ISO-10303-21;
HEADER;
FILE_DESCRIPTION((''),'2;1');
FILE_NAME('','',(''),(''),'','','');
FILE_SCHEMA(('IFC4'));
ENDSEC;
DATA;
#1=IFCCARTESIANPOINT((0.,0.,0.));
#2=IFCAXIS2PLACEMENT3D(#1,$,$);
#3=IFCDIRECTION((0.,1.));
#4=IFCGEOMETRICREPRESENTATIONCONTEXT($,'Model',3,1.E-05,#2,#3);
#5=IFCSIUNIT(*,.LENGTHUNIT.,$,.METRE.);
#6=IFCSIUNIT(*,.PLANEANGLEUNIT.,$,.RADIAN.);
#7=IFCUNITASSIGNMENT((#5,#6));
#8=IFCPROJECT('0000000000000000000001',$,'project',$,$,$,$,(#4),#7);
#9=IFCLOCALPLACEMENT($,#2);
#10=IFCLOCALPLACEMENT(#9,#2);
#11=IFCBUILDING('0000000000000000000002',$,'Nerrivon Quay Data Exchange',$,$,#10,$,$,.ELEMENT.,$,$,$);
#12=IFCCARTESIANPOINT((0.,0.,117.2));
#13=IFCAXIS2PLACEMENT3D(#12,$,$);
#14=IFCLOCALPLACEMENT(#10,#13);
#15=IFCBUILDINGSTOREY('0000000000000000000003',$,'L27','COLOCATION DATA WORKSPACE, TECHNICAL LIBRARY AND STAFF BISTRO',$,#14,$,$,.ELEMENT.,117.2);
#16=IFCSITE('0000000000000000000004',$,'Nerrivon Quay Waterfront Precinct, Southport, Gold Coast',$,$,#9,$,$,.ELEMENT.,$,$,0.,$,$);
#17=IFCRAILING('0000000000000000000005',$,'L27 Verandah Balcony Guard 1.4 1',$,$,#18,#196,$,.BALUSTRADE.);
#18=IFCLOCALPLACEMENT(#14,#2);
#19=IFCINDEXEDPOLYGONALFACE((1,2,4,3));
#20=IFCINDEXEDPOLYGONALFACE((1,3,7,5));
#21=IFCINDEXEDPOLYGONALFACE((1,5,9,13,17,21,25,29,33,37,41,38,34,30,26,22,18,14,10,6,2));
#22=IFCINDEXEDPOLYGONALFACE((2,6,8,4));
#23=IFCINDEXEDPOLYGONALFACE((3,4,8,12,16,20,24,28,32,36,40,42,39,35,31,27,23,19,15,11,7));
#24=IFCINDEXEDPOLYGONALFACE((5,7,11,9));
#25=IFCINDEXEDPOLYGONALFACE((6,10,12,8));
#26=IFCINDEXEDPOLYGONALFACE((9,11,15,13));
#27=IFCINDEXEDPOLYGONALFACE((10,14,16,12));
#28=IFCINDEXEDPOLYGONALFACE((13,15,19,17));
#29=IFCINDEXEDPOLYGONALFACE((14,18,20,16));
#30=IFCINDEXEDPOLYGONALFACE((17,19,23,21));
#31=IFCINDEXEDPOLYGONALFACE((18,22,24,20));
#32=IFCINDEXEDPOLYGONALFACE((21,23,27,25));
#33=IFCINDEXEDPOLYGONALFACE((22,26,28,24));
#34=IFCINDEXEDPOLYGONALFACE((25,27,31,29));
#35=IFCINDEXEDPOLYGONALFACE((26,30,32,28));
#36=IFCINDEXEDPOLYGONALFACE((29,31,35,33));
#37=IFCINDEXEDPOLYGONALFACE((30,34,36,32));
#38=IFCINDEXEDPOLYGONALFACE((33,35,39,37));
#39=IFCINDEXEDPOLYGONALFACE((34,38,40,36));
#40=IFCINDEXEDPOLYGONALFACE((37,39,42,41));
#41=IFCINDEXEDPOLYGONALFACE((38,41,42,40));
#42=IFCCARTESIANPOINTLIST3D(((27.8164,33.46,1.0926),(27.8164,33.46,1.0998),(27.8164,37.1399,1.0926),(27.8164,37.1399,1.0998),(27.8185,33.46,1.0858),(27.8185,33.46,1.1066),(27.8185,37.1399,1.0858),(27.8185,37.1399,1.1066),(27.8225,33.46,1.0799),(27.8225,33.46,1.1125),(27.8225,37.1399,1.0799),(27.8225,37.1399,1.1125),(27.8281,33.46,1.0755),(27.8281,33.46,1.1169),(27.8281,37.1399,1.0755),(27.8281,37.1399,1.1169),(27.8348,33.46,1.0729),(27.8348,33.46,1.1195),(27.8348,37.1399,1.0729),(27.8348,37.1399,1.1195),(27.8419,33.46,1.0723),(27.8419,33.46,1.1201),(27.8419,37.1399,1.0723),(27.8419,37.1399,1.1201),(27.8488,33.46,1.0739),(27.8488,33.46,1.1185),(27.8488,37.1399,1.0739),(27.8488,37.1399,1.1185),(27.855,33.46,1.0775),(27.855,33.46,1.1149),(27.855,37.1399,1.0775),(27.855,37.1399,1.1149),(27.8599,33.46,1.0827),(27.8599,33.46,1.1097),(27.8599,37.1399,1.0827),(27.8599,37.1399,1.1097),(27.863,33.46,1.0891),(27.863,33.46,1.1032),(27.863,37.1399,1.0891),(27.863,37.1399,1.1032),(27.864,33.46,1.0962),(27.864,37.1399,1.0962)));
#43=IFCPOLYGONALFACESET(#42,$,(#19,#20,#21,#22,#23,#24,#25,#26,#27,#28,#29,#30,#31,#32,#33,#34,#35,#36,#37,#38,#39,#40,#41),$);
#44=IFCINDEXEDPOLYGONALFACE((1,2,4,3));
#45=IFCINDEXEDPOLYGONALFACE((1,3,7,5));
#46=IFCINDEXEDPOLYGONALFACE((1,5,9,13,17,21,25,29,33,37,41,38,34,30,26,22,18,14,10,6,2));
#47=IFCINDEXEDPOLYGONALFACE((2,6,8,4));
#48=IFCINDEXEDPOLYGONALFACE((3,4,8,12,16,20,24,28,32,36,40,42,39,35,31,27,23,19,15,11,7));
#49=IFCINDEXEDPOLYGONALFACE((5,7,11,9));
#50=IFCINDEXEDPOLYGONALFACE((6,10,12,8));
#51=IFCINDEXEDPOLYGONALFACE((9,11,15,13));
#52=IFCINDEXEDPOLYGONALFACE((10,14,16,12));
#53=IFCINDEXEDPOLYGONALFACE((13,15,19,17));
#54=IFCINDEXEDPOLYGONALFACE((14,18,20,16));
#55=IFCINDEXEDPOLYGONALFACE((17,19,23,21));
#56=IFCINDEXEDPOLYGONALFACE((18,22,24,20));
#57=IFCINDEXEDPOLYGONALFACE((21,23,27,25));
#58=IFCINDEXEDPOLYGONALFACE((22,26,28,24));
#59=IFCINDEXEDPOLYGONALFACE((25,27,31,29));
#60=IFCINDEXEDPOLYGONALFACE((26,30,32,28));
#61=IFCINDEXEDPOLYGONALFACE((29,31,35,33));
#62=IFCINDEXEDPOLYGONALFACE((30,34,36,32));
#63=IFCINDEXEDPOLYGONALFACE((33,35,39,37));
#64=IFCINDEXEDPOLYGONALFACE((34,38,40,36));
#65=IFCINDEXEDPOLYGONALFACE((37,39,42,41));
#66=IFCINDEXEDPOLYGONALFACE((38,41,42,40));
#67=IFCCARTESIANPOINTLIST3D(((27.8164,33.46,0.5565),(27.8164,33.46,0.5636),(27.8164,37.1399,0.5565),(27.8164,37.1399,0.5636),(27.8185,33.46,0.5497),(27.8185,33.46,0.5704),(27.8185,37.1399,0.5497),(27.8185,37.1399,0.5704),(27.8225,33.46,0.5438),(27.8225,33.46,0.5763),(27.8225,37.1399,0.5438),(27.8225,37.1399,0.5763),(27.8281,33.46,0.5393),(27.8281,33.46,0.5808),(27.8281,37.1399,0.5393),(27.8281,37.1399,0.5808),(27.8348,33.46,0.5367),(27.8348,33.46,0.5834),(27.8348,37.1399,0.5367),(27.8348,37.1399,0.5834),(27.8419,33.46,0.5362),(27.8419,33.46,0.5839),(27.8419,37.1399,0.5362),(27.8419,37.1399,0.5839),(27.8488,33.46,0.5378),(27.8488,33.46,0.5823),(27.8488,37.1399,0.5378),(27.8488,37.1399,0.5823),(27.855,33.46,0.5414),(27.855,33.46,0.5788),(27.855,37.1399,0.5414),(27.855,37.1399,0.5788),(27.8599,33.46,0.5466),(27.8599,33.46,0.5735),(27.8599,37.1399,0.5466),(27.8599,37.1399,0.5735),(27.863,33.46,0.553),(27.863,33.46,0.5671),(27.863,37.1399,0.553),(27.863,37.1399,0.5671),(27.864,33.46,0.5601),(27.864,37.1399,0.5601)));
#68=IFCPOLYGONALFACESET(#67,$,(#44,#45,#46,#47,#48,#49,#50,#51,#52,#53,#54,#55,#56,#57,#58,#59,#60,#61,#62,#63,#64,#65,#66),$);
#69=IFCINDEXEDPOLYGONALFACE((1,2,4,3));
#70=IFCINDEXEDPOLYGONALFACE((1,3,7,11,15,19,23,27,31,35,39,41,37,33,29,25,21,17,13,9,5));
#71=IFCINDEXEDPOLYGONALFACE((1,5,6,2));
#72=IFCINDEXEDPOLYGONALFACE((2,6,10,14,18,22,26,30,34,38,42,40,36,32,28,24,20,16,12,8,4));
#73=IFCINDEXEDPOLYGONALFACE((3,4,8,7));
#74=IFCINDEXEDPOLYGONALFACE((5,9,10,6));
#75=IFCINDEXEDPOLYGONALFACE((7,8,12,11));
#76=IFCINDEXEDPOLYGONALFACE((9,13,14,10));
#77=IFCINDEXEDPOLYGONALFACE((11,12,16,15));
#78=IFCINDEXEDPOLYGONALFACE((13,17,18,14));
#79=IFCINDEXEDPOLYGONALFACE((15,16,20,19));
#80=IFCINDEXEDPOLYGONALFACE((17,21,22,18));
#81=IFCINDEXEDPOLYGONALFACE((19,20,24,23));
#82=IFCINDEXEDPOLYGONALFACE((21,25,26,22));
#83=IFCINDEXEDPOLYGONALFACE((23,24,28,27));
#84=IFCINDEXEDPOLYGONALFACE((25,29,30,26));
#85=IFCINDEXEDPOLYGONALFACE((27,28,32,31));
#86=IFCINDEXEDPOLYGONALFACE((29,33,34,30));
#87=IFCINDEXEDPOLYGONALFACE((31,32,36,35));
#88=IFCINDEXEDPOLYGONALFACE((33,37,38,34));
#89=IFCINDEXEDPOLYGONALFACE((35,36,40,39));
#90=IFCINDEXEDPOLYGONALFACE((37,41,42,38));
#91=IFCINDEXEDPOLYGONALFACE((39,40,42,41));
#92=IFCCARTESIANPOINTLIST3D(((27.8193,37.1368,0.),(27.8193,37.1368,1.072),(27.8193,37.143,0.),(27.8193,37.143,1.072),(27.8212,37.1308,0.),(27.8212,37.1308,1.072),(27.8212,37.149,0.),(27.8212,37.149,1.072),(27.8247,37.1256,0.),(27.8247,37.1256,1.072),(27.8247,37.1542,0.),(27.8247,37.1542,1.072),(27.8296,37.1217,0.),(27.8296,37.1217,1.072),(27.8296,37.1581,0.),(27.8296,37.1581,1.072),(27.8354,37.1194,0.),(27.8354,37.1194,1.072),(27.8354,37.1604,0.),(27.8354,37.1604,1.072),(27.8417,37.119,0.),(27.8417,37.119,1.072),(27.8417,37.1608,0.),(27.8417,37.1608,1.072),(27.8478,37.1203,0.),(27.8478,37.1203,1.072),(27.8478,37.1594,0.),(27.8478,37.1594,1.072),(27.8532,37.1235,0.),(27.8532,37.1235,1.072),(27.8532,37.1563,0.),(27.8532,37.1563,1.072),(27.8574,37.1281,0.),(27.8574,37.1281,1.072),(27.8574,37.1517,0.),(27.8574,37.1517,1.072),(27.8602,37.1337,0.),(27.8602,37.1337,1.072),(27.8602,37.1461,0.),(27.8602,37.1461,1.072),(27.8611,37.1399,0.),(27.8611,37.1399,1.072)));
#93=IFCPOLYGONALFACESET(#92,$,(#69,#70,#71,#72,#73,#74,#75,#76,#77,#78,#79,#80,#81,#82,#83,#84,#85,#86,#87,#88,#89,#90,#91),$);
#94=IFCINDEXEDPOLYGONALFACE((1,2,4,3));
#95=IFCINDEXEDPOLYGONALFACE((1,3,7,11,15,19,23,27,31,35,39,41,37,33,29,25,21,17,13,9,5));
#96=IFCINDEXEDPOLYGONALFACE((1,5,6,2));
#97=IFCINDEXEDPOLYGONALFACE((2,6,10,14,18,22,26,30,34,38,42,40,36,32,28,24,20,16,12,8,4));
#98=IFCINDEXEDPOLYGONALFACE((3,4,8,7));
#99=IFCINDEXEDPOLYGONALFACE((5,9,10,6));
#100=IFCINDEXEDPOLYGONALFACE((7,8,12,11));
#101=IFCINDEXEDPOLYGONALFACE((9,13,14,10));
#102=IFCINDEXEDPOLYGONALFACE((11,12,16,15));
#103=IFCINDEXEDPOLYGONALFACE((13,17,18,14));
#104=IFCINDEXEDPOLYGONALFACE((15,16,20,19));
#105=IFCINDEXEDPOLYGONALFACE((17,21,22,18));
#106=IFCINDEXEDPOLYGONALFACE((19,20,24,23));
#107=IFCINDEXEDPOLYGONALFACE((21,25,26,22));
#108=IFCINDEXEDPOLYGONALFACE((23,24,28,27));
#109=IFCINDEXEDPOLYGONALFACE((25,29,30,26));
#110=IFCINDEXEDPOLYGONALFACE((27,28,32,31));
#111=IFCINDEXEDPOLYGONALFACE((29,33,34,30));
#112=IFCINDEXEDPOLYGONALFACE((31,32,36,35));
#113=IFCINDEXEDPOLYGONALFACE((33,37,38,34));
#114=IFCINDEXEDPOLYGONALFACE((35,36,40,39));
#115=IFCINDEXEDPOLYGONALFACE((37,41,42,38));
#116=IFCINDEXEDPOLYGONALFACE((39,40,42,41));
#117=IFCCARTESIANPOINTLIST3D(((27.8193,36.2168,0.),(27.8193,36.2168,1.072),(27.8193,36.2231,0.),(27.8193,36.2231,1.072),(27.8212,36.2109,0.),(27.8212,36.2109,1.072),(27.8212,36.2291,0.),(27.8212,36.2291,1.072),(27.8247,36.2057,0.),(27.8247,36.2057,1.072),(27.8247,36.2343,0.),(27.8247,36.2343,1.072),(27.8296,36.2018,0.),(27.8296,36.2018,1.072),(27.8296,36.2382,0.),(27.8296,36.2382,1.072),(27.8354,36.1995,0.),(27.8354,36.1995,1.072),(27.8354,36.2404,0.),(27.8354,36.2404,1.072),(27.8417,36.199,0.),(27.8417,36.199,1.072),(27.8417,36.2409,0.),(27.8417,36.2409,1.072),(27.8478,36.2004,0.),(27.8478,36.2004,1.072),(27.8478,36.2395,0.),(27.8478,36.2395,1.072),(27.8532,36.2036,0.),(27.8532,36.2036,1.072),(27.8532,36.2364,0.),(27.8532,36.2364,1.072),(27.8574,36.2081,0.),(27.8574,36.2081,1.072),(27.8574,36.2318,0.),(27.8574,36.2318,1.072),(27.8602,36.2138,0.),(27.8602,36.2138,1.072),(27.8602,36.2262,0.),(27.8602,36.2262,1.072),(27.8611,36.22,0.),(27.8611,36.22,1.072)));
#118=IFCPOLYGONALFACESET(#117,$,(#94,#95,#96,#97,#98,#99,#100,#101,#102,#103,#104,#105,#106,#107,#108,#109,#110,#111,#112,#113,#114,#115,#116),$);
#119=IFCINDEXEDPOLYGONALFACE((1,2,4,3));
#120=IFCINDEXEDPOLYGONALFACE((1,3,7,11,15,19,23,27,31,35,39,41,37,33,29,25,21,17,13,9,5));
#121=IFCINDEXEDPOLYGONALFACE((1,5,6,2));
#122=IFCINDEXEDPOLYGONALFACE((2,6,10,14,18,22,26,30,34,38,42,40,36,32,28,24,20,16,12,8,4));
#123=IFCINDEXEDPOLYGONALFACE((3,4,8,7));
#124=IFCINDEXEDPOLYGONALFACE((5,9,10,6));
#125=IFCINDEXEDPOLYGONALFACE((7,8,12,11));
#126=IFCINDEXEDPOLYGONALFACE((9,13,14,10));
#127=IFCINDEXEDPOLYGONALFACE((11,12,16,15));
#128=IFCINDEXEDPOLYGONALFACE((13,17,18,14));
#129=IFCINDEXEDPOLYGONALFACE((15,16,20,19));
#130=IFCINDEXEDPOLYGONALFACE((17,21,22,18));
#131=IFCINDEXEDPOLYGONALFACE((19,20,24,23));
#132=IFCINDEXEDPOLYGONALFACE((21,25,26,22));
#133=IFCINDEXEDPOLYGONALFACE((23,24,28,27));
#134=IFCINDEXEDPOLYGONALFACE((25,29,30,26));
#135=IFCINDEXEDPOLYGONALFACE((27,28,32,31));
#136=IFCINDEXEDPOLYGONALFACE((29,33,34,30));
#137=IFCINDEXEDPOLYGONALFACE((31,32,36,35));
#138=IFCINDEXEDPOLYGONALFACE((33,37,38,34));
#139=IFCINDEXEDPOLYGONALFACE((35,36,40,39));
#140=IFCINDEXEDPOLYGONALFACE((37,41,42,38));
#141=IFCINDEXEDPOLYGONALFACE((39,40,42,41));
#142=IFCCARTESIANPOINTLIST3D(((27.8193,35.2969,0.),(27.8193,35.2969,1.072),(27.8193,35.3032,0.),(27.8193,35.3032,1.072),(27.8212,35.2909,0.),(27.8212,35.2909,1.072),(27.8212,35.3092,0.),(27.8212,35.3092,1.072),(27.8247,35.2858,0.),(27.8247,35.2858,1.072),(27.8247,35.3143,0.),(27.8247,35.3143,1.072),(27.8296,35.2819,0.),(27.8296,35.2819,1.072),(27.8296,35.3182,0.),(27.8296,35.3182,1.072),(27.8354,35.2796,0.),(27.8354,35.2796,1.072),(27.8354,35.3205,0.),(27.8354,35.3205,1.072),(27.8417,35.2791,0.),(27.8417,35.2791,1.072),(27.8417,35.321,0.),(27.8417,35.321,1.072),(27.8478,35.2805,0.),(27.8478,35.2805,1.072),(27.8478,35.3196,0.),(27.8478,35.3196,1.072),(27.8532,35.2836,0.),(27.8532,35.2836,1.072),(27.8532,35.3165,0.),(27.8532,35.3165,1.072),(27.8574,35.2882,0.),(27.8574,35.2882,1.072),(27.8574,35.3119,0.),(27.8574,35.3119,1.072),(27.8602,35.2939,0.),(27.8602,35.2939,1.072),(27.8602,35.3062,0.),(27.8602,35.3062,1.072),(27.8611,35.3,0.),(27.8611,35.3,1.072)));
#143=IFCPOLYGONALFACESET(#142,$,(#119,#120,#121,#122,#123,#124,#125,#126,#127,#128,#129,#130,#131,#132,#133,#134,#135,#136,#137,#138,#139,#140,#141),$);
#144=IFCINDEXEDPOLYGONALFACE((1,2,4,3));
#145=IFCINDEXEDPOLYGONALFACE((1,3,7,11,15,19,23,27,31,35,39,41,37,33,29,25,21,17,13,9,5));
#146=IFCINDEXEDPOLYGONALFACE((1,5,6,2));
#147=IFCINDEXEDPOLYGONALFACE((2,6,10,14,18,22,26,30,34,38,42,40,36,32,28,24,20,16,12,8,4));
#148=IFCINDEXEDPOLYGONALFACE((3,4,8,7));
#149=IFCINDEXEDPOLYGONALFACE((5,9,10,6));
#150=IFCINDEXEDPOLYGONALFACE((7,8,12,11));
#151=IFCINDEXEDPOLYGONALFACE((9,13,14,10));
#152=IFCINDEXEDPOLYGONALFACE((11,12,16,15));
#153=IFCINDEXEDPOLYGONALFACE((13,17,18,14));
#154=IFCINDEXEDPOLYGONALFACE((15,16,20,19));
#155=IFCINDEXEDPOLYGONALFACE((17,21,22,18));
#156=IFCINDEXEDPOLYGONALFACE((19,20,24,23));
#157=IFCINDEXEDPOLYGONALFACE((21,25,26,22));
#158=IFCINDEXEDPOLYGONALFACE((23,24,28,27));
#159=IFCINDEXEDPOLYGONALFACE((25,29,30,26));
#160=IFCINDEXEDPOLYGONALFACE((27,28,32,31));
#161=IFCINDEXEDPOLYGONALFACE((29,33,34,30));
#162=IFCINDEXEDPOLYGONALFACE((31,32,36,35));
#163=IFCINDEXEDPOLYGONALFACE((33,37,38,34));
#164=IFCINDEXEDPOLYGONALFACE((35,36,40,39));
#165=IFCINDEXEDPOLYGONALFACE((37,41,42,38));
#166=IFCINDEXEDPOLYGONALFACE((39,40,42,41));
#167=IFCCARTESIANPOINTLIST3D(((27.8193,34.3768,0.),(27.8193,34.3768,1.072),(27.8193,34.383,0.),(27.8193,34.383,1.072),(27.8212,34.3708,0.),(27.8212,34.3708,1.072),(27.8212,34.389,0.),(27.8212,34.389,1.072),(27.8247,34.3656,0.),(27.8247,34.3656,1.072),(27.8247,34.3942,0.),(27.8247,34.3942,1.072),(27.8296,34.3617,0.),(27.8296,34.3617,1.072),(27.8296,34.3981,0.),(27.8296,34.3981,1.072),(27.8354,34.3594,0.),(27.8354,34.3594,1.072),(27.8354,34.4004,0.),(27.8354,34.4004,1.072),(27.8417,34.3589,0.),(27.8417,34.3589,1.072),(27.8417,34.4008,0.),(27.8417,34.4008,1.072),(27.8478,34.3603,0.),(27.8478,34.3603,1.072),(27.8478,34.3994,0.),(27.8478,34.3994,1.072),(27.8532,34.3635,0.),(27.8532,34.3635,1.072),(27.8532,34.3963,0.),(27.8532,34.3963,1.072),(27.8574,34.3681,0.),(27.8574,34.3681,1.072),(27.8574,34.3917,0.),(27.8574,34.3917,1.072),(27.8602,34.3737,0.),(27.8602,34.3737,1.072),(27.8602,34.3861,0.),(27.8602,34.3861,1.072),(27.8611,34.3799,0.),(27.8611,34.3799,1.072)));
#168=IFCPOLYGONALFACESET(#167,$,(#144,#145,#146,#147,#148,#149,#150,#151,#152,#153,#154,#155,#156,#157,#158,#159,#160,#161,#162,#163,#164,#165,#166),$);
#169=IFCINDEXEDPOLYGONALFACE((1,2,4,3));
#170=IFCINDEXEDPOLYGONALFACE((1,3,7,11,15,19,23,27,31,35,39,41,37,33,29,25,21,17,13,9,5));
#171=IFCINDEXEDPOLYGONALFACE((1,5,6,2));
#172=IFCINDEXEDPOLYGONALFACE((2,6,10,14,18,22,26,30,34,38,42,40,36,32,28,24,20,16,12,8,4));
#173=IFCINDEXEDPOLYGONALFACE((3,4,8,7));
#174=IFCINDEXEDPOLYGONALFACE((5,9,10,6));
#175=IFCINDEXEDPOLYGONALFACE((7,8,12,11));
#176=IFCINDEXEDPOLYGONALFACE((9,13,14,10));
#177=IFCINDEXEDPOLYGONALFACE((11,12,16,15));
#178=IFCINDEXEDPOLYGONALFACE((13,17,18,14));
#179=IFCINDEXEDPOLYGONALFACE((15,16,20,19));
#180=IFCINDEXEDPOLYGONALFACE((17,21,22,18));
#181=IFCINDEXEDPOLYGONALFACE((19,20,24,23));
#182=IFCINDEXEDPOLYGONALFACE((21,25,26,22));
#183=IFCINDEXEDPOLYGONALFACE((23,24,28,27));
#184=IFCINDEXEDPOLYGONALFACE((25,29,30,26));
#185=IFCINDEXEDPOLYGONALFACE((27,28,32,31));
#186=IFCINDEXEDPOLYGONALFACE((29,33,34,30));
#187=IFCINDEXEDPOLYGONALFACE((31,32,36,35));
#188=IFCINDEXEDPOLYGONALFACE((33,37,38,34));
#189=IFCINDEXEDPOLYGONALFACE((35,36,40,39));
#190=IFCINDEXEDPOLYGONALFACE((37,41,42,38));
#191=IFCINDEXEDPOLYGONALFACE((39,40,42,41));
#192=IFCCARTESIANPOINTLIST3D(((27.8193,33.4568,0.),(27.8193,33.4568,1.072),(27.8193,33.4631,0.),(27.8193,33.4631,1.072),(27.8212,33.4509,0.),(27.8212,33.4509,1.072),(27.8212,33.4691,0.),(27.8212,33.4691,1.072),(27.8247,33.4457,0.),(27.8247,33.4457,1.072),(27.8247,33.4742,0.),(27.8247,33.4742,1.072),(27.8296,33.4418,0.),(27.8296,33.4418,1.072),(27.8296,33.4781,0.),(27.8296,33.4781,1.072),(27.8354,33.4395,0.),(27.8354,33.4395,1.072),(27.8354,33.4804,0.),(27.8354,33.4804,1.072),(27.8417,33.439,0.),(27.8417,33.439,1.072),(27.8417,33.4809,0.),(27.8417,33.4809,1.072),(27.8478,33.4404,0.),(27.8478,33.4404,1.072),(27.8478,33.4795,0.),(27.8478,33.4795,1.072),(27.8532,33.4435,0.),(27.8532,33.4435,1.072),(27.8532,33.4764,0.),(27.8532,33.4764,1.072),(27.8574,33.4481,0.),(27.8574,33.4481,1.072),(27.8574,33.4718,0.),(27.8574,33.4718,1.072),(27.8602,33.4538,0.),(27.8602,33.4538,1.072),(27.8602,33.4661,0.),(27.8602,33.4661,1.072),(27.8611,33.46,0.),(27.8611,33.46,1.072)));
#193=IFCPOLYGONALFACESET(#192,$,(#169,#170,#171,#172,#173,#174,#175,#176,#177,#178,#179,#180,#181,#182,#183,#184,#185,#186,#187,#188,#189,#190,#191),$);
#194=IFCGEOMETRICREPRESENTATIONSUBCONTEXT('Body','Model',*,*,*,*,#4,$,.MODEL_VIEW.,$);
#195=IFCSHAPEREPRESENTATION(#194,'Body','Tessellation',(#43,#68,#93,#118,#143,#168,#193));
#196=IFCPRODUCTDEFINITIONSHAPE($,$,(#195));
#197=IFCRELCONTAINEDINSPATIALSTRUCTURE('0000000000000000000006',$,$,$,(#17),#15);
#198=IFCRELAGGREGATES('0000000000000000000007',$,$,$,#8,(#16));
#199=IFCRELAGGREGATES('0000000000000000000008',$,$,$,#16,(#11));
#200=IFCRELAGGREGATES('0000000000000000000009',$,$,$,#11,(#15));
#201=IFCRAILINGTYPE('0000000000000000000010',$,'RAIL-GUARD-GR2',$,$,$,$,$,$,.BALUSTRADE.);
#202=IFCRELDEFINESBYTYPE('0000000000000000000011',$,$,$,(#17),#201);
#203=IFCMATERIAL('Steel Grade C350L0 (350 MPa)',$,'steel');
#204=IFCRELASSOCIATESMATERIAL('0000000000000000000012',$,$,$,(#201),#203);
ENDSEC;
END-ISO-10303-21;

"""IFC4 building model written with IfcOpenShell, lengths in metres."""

from ifc_helpers import new_model, si_unit, direction, frame, origin, origin_2d, place, context, subcontext, project, spatial, circle, extrude, material, type_object, element, save


model = new_model("IFC4")

# Units and contexts
model_context = context("Model", 3, precision=1e-05, world=origin(), true_north=direction((0.0, 1.0)))
body_context = subcontext(model_context, "Body", "Model", "MODEL_VIEW")
ifc_project = project(units=[si_unit("LENGTHUNIT", "METRE"), si_unit("PLANEANGLEUNIT", "RADIAN")], contexts=[model_context])

# Site, building, storey
site_placement = place(None, origin())
site = spatial("IfcSite", under=ifc_project, at=site_placement, Name="Nerrivon Quay Waterfront Precinct, Southport, Gold Coast", CompositionType="ELEMENT", RefElevation=0.0)
building_placement = place(site_placement, origin())
building = spatial("IfcBuilding", under=site, at=building_placement, Name="Nerrivon Quay Data Exchange", CompositionType="ELEMENT")
storey_placement = place(building_placement, frame((0.0, 0.0, 117.2)))
storey = spatial("IfcBuildingStorey", under=building, at=storey_placement, Name="L27", Description="COLOCATION DATA WORKSPACE, TECHNICAL LIBRARY AND STAFF BISTRO", CompositionType="ELEMENT", Elevation=117.2)

# Railing
ifc_material_1 = material(Name="Steel Grade C350L0 (350 MPa)", Category="steel")
railing_type = type_object("IfcRailingType", Name="RAIL-GUARD-GR2", PredefinedType="BALUSTRADE", material=ifc_material_1)
railing_1_placement = place(storey_placement, frame((27.8401, 37.1399, 0.0)))
element("IfcRailing", 1, at=railing_1_placement, inside=storey, type_object=railing_type, Name="L27 Verandah Balcony Guard 1.4 1", PredefinedType="BALUSTRADE", context=body_context, shape_type="SweptSolid", body=[
    extrude(circle(Radius=0.0239, at=origin_2d()), frame((0.0, 0.0, 1.0962), z_axis=(0.0, -1.0, 0.0), x_axis=(1.0, 0.0, 0.0)), (0.0, 0.0, 1.0), 3.6799),
    extrude(circle(Radius=0.0239, at=origin_2d()), frame((0.0, 0.0, 0.5601), z_axis=(0.0, -1.0, 0.0), x_axis=(1.0, 0.0, 0.0)), (0.0, 0.0, 1.0), 3.6799),
    extrude(circle(Radius=0.021, at=origin_2d()), origin(), (0.0, 0.0, 1.0), 1.072),
    extrude(circle(Radius=0.021, at=origin_2d()), frame((0.0, -0.9199, 0.0)), (0.0, 0.0, 1.0), 1.072),
    extrude(circle(Radius=0.021, at=origin_2d()), frame((0.0, -1.8398, 0.0)), (0.0, 0.0, 1.0), 1.072),
    extrude(circle(Radius=0.021, at=origin_2d()), frame((0.0, -2.76, 0.0)), (0.0, 0.0, 1.0), 1.072),
    extrude(circle(Radius=0.021, at=origin_2d()), frame((0.0, -3.6799, 0.0)), (0.0, 0.0, 1.0), 1.072),
])

save(model, "model.ifc")
